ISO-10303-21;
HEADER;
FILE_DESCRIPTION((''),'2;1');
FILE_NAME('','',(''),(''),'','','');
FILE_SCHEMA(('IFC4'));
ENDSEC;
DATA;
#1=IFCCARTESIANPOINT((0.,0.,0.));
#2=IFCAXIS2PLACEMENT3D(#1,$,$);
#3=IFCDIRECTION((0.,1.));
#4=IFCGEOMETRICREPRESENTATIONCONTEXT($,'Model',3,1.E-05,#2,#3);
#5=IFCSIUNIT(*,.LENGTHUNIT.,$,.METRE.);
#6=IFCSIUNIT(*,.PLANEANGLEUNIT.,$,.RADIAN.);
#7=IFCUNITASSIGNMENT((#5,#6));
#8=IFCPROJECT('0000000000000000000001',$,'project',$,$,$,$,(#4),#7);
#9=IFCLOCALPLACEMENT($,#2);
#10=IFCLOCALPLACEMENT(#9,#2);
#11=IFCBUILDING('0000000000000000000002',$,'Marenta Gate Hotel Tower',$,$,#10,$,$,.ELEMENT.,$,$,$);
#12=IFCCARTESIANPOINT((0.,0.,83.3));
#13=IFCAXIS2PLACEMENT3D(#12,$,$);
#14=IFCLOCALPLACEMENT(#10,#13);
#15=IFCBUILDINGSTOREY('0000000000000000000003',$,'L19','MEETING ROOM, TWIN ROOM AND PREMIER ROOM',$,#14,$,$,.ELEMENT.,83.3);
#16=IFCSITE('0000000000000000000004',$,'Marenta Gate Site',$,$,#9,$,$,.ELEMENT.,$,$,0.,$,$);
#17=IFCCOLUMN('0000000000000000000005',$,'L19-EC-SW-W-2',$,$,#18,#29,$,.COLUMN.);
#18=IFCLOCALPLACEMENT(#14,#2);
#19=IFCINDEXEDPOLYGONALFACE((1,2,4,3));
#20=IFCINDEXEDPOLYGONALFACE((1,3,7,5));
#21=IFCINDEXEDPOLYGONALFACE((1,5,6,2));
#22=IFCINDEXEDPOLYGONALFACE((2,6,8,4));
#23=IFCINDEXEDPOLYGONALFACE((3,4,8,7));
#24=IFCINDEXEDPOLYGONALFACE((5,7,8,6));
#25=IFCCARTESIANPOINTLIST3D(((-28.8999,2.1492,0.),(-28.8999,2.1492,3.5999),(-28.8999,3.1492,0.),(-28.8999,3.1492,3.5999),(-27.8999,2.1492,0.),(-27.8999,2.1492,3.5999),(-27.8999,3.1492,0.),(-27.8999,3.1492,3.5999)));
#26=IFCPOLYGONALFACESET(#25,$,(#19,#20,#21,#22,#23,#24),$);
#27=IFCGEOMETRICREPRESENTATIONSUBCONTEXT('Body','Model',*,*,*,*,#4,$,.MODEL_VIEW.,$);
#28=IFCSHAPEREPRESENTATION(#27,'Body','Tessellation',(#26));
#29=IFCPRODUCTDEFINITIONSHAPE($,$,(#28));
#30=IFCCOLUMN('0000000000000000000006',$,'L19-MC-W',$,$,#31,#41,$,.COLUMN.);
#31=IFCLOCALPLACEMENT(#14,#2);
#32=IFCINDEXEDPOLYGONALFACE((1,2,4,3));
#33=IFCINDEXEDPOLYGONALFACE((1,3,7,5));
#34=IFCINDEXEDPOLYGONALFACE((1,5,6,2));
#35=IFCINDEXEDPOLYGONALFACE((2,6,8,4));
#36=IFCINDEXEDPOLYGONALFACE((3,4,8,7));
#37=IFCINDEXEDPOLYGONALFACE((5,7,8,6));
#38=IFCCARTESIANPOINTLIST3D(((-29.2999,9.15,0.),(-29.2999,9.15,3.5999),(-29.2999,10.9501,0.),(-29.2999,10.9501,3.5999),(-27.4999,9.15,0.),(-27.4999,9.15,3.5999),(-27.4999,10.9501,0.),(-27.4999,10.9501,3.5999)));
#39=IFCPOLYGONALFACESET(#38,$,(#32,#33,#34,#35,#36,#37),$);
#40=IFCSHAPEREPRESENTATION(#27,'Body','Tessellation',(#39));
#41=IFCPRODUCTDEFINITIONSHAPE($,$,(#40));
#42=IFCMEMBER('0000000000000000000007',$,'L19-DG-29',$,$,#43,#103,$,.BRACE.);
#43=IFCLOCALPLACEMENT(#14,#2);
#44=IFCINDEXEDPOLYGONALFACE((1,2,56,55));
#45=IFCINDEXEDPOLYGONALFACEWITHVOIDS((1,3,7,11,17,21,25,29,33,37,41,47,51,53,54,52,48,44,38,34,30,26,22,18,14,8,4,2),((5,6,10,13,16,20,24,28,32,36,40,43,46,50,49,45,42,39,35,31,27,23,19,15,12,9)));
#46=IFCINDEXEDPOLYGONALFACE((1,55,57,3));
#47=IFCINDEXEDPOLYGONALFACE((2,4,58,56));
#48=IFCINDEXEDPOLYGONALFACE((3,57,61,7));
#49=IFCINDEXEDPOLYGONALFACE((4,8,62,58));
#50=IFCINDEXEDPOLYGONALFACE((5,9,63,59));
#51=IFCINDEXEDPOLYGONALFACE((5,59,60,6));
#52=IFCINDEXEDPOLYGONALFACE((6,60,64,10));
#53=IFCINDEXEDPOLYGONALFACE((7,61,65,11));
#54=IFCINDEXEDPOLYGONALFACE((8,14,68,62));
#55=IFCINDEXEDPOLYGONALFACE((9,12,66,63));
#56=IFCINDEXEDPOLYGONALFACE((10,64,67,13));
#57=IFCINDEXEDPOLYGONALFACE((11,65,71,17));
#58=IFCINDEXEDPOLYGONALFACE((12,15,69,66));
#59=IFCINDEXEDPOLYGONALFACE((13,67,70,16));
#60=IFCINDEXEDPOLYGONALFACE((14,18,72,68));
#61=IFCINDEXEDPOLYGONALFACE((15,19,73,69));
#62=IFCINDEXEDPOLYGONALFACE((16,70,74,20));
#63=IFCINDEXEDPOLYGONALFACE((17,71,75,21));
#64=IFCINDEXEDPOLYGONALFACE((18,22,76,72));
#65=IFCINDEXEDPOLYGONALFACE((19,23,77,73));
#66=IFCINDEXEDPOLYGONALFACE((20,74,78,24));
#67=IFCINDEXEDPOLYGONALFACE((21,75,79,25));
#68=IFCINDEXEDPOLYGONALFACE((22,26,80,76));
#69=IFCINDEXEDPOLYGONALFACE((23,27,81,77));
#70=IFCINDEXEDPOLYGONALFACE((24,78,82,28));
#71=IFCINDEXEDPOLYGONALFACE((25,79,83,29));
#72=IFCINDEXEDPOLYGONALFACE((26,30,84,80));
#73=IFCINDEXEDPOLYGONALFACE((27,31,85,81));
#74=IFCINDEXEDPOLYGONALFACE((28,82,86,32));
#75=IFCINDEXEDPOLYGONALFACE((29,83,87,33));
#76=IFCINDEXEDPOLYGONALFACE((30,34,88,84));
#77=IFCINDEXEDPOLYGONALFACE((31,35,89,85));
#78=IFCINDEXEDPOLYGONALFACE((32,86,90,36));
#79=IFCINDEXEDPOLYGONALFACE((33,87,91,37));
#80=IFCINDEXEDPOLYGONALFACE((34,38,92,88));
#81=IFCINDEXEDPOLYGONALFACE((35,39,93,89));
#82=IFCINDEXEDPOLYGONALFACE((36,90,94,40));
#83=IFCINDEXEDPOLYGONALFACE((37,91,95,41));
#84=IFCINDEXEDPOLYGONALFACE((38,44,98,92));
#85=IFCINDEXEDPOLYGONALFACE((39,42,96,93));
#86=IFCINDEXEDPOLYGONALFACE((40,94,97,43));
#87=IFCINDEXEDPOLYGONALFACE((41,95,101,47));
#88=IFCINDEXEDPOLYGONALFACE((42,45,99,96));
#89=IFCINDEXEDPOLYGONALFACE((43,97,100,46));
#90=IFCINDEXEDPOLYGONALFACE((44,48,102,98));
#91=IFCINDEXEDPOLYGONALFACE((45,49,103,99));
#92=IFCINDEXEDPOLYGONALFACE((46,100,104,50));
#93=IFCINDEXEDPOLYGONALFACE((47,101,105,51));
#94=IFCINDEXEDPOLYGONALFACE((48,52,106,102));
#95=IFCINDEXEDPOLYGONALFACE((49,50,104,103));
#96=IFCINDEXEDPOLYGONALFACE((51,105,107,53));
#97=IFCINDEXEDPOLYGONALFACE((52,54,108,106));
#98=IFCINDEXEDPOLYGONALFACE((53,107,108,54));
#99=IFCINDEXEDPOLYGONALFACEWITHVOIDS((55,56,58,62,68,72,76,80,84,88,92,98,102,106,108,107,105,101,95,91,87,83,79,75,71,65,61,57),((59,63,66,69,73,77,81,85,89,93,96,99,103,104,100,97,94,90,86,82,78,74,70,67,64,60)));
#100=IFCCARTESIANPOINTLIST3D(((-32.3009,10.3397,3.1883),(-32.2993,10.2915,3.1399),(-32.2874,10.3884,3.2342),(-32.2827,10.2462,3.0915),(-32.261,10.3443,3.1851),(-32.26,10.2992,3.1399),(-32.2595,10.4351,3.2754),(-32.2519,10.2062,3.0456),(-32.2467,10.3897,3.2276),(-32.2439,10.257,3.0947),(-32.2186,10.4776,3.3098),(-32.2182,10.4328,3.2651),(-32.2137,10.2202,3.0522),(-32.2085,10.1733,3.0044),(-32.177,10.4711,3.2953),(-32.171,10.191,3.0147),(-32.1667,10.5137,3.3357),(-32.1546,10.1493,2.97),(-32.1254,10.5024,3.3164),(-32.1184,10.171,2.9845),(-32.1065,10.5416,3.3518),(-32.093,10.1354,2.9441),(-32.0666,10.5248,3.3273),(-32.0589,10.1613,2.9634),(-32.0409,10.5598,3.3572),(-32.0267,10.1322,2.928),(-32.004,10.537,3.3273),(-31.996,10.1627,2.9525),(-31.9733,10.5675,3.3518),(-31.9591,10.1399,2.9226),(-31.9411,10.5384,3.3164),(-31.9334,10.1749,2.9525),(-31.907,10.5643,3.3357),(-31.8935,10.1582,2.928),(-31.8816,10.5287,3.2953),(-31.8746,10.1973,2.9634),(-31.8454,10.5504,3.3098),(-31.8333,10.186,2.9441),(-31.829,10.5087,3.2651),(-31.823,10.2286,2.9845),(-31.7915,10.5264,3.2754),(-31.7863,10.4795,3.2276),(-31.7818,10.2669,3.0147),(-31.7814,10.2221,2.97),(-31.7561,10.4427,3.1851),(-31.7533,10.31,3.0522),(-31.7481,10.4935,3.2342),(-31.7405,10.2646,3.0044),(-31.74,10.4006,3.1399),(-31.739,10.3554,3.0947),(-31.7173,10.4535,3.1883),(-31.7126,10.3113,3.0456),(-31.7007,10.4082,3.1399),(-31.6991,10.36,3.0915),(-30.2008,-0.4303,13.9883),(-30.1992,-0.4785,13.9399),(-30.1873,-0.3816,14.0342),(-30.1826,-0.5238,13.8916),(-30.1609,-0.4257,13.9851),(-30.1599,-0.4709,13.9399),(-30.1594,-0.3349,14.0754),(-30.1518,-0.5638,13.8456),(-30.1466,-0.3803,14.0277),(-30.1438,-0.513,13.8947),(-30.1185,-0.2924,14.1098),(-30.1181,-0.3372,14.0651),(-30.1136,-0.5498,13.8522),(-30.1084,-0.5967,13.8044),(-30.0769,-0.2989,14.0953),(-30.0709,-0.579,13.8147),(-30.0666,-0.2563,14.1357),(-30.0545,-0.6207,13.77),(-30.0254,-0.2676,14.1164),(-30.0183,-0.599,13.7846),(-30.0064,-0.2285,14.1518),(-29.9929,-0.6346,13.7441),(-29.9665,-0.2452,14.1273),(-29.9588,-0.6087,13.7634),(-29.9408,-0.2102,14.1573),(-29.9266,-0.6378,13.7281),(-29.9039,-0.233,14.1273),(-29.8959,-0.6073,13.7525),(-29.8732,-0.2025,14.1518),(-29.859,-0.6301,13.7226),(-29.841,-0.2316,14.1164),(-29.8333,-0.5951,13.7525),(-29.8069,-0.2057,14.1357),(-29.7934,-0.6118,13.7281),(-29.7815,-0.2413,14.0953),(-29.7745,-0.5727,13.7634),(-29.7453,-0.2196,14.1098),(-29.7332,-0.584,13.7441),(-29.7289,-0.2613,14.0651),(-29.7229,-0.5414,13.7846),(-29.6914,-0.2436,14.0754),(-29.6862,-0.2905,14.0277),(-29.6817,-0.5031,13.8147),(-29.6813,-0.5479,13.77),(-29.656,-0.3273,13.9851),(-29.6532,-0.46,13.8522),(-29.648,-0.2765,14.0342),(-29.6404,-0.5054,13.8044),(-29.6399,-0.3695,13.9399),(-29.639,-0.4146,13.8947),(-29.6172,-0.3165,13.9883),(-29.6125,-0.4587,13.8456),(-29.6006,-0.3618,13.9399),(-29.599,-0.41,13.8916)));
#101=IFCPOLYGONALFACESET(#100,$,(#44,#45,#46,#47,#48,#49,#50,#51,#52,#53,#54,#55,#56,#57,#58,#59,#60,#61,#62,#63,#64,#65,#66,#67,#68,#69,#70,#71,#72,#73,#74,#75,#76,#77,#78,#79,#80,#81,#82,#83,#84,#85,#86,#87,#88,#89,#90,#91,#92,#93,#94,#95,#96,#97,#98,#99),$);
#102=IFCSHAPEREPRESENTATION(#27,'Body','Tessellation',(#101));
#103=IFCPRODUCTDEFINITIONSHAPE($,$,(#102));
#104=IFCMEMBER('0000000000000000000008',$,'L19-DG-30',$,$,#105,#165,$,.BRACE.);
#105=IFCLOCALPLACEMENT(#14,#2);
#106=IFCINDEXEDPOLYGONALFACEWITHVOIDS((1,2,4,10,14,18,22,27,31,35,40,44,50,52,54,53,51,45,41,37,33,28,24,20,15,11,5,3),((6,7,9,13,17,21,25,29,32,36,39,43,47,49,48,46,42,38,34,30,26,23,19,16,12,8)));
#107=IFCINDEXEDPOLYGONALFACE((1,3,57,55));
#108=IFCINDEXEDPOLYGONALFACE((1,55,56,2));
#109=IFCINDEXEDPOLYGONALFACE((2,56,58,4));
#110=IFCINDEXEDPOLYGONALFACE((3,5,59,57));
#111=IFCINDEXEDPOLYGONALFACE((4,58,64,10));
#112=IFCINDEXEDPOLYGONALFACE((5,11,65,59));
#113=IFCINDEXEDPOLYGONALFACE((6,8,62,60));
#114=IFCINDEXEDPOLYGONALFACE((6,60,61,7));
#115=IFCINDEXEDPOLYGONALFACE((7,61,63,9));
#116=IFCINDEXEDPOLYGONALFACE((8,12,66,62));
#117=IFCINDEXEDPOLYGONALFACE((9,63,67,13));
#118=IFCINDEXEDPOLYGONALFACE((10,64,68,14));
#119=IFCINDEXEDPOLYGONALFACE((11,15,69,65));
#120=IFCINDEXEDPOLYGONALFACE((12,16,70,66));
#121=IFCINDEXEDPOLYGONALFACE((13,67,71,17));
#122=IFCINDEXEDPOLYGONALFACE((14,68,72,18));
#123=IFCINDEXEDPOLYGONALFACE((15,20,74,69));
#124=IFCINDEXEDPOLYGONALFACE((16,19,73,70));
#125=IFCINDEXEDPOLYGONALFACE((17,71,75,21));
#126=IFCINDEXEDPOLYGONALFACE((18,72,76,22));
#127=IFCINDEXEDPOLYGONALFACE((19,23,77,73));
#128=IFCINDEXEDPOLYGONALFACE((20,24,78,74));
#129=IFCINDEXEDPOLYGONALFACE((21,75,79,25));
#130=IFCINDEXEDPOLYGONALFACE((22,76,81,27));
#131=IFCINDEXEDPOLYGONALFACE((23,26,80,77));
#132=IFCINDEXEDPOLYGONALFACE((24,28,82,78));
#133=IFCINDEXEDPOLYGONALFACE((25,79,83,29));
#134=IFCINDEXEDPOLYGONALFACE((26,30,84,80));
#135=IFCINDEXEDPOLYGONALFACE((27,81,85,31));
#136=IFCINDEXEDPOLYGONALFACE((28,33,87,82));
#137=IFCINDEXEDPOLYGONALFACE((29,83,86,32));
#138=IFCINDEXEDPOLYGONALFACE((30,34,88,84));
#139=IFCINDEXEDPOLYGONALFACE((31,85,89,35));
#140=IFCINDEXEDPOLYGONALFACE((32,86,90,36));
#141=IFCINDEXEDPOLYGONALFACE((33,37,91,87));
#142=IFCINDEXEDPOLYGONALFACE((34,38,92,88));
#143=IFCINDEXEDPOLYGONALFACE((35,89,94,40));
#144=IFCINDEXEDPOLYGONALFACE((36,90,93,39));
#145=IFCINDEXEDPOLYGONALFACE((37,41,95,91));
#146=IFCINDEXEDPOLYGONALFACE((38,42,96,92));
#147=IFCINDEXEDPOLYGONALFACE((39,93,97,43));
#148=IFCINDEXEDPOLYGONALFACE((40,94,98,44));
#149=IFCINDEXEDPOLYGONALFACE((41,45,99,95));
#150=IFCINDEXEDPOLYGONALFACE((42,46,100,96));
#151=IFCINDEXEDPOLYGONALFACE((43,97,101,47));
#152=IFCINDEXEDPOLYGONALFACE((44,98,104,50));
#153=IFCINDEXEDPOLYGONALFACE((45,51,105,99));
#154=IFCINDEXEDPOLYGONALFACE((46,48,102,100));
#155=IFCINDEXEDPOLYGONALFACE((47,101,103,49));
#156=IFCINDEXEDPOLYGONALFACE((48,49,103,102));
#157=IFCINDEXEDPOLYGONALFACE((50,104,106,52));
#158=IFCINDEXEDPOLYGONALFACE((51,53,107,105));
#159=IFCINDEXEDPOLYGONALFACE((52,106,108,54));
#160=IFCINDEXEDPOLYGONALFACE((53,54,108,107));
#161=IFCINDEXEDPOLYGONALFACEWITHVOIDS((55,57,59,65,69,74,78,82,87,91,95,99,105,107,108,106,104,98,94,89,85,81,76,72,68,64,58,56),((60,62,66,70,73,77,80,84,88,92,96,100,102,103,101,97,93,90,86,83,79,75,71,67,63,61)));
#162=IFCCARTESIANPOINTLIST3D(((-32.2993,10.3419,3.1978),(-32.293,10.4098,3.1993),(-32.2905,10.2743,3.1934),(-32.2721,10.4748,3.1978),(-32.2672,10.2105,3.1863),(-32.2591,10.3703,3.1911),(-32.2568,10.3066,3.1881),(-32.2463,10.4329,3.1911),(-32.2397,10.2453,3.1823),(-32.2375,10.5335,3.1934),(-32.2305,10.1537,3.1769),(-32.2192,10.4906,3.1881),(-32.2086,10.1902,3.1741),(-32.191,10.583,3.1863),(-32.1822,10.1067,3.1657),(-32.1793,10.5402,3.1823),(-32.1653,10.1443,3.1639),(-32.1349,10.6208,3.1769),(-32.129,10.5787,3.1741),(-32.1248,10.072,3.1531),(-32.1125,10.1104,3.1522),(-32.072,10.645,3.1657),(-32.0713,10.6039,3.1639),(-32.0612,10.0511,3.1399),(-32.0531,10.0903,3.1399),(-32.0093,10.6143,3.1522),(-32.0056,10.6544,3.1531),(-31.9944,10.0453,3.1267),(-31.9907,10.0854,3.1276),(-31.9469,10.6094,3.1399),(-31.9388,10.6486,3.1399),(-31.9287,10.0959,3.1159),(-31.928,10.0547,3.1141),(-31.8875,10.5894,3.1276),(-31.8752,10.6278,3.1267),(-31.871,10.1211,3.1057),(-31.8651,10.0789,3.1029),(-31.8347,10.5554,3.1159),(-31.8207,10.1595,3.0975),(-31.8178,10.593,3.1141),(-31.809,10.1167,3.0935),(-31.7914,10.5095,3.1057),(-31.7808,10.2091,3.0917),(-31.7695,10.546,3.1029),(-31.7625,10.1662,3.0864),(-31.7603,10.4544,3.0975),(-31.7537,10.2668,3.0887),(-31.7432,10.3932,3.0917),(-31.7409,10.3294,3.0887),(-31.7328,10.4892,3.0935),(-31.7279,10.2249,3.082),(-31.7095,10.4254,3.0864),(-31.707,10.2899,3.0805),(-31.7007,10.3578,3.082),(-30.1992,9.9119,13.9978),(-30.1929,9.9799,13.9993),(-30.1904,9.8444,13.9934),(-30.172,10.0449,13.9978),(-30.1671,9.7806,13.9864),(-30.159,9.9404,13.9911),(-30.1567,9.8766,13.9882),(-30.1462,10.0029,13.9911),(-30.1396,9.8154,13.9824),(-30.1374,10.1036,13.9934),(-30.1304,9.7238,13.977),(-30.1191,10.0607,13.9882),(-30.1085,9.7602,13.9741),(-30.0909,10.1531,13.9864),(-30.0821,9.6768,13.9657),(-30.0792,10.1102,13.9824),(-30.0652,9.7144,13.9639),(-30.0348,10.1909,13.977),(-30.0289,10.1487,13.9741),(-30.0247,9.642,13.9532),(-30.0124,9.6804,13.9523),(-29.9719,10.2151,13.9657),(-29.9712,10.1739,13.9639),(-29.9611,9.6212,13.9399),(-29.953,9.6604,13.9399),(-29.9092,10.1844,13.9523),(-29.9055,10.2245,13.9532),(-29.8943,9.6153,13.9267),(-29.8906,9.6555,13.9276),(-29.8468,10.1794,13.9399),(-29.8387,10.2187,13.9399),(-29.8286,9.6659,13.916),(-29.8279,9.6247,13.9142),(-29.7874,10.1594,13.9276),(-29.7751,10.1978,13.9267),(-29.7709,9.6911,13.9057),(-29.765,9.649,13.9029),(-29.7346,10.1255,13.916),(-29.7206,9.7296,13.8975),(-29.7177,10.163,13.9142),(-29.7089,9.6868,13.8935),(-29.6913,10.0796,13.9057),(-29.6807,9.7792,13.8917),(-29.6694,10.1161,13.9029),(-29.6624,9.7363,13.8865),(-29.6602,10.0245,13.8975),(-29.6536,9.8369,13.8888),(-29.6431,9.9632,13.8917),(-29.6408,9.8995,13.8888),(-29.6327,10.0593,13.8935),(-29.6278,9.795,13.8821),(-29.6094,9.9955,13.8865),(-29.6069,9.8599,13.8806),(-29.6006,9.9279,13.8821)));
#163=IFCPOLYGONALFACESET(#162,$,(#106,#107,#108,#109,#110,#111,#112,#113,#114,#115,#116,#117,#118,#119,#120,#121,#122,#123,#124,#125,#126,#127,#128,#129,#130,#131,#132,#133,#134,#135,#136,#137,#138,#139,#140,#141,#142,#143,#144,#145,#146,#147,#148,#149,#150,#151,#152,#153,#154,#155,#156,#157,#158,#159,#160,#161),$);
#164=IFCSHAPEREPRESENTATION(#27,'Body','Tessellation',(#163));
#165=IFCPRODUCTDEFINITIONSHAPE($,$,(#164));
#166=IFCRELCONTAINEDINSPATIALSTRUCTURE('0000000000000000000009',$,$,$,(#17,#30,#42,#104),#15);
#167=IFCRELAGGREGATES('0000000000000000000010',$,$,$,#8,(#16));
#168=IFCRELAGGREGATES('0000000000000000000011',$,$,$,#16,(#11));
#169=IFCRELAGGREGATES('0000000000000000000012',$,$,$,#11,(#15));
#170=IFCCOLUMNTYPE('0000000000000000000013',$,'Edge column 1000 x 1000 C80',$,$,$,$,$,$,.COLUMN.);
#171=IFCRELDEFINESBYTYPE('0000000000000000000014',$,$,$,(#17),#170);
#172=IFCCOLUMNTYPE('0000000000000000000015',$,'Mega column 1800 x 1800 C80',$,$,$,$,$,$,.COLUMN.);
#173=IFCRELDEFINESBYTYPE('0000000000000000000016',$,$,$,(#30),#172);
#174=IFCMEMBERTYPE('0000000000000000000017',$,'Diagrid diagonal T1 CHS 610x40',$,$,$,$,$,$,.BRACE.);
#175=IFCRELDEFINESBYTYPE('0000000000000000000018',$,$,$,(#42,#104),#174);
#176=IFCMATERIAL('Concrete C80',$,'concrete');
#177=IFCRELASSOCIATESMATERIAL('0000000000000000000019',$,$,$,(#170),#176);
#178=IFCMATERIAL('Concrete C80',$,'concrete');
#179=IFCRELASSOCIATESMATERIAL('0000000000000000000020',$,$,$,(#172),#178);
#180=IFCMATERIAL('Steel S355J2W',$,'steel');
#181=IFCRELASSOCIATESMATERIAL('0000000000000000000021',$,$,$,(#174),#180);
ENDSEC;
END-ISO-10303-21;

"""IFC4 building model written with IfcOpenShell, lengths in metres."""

from ifc_helpers import new_model, si_unit, direction, frame, origin, origin_2d, place, context, subcontext, project, spatial, rectangle, hollow_circle, extrude, material, material_profile, profile_set, type_object, element, save


model = new_model("IFC4")

# Units and contexts
model_context = context("Model", 3, precision=1e-05, world=origin(), true_north=direction((0.0, 1.0)))
body_context = subcontext(model_context, "Body", "Model", "MODEL_VIEW")
ifc_project = project(units=[si_unit("LENGTHUNIT", "METRE"), si_unit("PLANEANGLEUNIT", "RADIAN")], contexts=[model_context])

# Site, building, storey
site_placement = place(None, origin())
site = spatial("IfcSite", under=ifc_project, at=site_placement, Name="Marenta Gate Site", CompositionType="ELEMENT", RefElevation=0.0)
building_placement = place(site_placement, origin())
building = spatial("IfcBuilding", under=site, at=building_placement, Name="Marenta Gate Hotel Tower", CompositionType="ELEMENT")
storey_placement = place(building_placement, frame((0.0, 0.0, 83.3)))
storey = spatial("IfcBuildingStorey", under=building, at=storey_placement, Name="L19", Description="MEETING ROOM, TWIN ROOM AND PREMIER ROOM", CompositionType="ELEMENT", Elevation=83.3)

# Columns
ifc_material_1 = material(Name="Concrete C80", Category="concrete")
ifc_material_profile_1 = material_profile(ifc_material_1, rectangle(XDim=1.0, YDim=1.0, at=origin_2d()), Name="1000 x 1000")
ifc_profile_set_1 = profile_set([ifc_material_profile_1], Name="Concrete C80")
column_type_1 = type_object("IfcColumnType", Name="Edge column 1000 x 1000 C80", PredefinedType="COLUMN", material=ifc_profile_set_1)
column_1_placement = place(storey_placement, frame((-28.3999, 2.6492, 0.0), z_axis=(0.0, 0.0, 1.0), x_axis=(1.0, 0.0, 0.0)))
element("IfcColumn", 1, at=column_1_placement, inside=storey, type_object=column_type_1, Name="L19-EC-SW-W-2", PredefinedType="COLUMN", context=body_context, shape_type="SweptSolid", body=[
    extrude(rectangle(XDim=1.0, YDim=1.0, at=origin_2d()), origin(), (0.0, 0.0, 1.0), 3.5999),
])
ifc_material_2 = material(Name="Concrete C80", Category="concrete")
ifc_material_profile_2 = material_profile(ifc_material_2, rectangle(XDim=1.8, YDim=1.8, at=origin_2d()), Name="1800 x 1800")
ifc_profile_set_2 = profile_set([ifc_material_profile_2], Name="Concrete C80")
column_type_2 = type_object("IfcColumnType", Name="Mega column 1800 x 1800 C80", PredefinedType="COLUMN", material=ifc_profile_set_2)
column_2_placement = place(storey_placement, frame((-28.3999, 10.05, 0.0), z_axis=(0.0, 0.0, 1.0), x_axis=(1.0, 0.0, 0.0)))
element("IfcColumn", 2, at=column_2_placement, inside=storey, type_object=column_type_2, Name="L19-MC-W", PredefinedType="COLUMN", context=body_context, shape_type="SweptSolid", body=[
    extrude(rectangle(XDim=1.8, YDim=1.8, at=origin_2d()), origin(), (0.0, 0.0, 1.0), 3.5999),
])

# Members
ifc_material_3 = material(Name="Steel S355J2W", Category="steel")
ifc_material_profile_3 = material_profile(ifc_material_3, hollow_circle(Radius=0.3049, WallThickness=0.04, at=origin_2d()), Name="CHS 610x40")
ifc_profile_set_3 = profile_set([ifc_material_profile_3], Name="Steel S355J2W")
member_type_1 = type_object("IfcMemberType", Name="Diagrid diagonal T1 CHS 610x40", PredefinedType="BRACE", material=ifc_profile_set_3)
member_1_placement = place(storey_placement, frame((-32.0, 10.3499, 3.1399), z_axis=(0.136403, -0.699522, 0.701472), x_axis=(0.981514, 0.19139, 0.0)))
element("IfcMember", 3, at=member_1_placement, inside=storey, type_object=member_type_1, Name="L19-DG-29", PredefinedType="BRACE", context=body_context, shape_type="SweptSolid", body=[
    extrude(hollow_circle(Radius=0.3049, WallThickness=0.04, at=origin_2d()), origin(), (0.0, 0.0, 1.0), 15.3962),
])
member_2_placement = place(storey_placement, frame((-32.0, 10.3499, 3.1399), z_axis=(0.190732, -0.039047, 0.980865), x_axis=(0.20056, 0.979681, 0.0)))
element("IfcMember", 4, at=member_2_placement, inside=storey, type_object=member_type_1, Name="L19-DG-30", PredefinedType="BRACE", context=body_context, shape_type="SweptSolid", body=[
    extrude(hollow_circle(Radius=0.3049, WallThickness=0.04, at=origin_2d()), origin(), (0.0, 0.0, 1.0), 11.0107),
])

save(model, "model.ifc")
